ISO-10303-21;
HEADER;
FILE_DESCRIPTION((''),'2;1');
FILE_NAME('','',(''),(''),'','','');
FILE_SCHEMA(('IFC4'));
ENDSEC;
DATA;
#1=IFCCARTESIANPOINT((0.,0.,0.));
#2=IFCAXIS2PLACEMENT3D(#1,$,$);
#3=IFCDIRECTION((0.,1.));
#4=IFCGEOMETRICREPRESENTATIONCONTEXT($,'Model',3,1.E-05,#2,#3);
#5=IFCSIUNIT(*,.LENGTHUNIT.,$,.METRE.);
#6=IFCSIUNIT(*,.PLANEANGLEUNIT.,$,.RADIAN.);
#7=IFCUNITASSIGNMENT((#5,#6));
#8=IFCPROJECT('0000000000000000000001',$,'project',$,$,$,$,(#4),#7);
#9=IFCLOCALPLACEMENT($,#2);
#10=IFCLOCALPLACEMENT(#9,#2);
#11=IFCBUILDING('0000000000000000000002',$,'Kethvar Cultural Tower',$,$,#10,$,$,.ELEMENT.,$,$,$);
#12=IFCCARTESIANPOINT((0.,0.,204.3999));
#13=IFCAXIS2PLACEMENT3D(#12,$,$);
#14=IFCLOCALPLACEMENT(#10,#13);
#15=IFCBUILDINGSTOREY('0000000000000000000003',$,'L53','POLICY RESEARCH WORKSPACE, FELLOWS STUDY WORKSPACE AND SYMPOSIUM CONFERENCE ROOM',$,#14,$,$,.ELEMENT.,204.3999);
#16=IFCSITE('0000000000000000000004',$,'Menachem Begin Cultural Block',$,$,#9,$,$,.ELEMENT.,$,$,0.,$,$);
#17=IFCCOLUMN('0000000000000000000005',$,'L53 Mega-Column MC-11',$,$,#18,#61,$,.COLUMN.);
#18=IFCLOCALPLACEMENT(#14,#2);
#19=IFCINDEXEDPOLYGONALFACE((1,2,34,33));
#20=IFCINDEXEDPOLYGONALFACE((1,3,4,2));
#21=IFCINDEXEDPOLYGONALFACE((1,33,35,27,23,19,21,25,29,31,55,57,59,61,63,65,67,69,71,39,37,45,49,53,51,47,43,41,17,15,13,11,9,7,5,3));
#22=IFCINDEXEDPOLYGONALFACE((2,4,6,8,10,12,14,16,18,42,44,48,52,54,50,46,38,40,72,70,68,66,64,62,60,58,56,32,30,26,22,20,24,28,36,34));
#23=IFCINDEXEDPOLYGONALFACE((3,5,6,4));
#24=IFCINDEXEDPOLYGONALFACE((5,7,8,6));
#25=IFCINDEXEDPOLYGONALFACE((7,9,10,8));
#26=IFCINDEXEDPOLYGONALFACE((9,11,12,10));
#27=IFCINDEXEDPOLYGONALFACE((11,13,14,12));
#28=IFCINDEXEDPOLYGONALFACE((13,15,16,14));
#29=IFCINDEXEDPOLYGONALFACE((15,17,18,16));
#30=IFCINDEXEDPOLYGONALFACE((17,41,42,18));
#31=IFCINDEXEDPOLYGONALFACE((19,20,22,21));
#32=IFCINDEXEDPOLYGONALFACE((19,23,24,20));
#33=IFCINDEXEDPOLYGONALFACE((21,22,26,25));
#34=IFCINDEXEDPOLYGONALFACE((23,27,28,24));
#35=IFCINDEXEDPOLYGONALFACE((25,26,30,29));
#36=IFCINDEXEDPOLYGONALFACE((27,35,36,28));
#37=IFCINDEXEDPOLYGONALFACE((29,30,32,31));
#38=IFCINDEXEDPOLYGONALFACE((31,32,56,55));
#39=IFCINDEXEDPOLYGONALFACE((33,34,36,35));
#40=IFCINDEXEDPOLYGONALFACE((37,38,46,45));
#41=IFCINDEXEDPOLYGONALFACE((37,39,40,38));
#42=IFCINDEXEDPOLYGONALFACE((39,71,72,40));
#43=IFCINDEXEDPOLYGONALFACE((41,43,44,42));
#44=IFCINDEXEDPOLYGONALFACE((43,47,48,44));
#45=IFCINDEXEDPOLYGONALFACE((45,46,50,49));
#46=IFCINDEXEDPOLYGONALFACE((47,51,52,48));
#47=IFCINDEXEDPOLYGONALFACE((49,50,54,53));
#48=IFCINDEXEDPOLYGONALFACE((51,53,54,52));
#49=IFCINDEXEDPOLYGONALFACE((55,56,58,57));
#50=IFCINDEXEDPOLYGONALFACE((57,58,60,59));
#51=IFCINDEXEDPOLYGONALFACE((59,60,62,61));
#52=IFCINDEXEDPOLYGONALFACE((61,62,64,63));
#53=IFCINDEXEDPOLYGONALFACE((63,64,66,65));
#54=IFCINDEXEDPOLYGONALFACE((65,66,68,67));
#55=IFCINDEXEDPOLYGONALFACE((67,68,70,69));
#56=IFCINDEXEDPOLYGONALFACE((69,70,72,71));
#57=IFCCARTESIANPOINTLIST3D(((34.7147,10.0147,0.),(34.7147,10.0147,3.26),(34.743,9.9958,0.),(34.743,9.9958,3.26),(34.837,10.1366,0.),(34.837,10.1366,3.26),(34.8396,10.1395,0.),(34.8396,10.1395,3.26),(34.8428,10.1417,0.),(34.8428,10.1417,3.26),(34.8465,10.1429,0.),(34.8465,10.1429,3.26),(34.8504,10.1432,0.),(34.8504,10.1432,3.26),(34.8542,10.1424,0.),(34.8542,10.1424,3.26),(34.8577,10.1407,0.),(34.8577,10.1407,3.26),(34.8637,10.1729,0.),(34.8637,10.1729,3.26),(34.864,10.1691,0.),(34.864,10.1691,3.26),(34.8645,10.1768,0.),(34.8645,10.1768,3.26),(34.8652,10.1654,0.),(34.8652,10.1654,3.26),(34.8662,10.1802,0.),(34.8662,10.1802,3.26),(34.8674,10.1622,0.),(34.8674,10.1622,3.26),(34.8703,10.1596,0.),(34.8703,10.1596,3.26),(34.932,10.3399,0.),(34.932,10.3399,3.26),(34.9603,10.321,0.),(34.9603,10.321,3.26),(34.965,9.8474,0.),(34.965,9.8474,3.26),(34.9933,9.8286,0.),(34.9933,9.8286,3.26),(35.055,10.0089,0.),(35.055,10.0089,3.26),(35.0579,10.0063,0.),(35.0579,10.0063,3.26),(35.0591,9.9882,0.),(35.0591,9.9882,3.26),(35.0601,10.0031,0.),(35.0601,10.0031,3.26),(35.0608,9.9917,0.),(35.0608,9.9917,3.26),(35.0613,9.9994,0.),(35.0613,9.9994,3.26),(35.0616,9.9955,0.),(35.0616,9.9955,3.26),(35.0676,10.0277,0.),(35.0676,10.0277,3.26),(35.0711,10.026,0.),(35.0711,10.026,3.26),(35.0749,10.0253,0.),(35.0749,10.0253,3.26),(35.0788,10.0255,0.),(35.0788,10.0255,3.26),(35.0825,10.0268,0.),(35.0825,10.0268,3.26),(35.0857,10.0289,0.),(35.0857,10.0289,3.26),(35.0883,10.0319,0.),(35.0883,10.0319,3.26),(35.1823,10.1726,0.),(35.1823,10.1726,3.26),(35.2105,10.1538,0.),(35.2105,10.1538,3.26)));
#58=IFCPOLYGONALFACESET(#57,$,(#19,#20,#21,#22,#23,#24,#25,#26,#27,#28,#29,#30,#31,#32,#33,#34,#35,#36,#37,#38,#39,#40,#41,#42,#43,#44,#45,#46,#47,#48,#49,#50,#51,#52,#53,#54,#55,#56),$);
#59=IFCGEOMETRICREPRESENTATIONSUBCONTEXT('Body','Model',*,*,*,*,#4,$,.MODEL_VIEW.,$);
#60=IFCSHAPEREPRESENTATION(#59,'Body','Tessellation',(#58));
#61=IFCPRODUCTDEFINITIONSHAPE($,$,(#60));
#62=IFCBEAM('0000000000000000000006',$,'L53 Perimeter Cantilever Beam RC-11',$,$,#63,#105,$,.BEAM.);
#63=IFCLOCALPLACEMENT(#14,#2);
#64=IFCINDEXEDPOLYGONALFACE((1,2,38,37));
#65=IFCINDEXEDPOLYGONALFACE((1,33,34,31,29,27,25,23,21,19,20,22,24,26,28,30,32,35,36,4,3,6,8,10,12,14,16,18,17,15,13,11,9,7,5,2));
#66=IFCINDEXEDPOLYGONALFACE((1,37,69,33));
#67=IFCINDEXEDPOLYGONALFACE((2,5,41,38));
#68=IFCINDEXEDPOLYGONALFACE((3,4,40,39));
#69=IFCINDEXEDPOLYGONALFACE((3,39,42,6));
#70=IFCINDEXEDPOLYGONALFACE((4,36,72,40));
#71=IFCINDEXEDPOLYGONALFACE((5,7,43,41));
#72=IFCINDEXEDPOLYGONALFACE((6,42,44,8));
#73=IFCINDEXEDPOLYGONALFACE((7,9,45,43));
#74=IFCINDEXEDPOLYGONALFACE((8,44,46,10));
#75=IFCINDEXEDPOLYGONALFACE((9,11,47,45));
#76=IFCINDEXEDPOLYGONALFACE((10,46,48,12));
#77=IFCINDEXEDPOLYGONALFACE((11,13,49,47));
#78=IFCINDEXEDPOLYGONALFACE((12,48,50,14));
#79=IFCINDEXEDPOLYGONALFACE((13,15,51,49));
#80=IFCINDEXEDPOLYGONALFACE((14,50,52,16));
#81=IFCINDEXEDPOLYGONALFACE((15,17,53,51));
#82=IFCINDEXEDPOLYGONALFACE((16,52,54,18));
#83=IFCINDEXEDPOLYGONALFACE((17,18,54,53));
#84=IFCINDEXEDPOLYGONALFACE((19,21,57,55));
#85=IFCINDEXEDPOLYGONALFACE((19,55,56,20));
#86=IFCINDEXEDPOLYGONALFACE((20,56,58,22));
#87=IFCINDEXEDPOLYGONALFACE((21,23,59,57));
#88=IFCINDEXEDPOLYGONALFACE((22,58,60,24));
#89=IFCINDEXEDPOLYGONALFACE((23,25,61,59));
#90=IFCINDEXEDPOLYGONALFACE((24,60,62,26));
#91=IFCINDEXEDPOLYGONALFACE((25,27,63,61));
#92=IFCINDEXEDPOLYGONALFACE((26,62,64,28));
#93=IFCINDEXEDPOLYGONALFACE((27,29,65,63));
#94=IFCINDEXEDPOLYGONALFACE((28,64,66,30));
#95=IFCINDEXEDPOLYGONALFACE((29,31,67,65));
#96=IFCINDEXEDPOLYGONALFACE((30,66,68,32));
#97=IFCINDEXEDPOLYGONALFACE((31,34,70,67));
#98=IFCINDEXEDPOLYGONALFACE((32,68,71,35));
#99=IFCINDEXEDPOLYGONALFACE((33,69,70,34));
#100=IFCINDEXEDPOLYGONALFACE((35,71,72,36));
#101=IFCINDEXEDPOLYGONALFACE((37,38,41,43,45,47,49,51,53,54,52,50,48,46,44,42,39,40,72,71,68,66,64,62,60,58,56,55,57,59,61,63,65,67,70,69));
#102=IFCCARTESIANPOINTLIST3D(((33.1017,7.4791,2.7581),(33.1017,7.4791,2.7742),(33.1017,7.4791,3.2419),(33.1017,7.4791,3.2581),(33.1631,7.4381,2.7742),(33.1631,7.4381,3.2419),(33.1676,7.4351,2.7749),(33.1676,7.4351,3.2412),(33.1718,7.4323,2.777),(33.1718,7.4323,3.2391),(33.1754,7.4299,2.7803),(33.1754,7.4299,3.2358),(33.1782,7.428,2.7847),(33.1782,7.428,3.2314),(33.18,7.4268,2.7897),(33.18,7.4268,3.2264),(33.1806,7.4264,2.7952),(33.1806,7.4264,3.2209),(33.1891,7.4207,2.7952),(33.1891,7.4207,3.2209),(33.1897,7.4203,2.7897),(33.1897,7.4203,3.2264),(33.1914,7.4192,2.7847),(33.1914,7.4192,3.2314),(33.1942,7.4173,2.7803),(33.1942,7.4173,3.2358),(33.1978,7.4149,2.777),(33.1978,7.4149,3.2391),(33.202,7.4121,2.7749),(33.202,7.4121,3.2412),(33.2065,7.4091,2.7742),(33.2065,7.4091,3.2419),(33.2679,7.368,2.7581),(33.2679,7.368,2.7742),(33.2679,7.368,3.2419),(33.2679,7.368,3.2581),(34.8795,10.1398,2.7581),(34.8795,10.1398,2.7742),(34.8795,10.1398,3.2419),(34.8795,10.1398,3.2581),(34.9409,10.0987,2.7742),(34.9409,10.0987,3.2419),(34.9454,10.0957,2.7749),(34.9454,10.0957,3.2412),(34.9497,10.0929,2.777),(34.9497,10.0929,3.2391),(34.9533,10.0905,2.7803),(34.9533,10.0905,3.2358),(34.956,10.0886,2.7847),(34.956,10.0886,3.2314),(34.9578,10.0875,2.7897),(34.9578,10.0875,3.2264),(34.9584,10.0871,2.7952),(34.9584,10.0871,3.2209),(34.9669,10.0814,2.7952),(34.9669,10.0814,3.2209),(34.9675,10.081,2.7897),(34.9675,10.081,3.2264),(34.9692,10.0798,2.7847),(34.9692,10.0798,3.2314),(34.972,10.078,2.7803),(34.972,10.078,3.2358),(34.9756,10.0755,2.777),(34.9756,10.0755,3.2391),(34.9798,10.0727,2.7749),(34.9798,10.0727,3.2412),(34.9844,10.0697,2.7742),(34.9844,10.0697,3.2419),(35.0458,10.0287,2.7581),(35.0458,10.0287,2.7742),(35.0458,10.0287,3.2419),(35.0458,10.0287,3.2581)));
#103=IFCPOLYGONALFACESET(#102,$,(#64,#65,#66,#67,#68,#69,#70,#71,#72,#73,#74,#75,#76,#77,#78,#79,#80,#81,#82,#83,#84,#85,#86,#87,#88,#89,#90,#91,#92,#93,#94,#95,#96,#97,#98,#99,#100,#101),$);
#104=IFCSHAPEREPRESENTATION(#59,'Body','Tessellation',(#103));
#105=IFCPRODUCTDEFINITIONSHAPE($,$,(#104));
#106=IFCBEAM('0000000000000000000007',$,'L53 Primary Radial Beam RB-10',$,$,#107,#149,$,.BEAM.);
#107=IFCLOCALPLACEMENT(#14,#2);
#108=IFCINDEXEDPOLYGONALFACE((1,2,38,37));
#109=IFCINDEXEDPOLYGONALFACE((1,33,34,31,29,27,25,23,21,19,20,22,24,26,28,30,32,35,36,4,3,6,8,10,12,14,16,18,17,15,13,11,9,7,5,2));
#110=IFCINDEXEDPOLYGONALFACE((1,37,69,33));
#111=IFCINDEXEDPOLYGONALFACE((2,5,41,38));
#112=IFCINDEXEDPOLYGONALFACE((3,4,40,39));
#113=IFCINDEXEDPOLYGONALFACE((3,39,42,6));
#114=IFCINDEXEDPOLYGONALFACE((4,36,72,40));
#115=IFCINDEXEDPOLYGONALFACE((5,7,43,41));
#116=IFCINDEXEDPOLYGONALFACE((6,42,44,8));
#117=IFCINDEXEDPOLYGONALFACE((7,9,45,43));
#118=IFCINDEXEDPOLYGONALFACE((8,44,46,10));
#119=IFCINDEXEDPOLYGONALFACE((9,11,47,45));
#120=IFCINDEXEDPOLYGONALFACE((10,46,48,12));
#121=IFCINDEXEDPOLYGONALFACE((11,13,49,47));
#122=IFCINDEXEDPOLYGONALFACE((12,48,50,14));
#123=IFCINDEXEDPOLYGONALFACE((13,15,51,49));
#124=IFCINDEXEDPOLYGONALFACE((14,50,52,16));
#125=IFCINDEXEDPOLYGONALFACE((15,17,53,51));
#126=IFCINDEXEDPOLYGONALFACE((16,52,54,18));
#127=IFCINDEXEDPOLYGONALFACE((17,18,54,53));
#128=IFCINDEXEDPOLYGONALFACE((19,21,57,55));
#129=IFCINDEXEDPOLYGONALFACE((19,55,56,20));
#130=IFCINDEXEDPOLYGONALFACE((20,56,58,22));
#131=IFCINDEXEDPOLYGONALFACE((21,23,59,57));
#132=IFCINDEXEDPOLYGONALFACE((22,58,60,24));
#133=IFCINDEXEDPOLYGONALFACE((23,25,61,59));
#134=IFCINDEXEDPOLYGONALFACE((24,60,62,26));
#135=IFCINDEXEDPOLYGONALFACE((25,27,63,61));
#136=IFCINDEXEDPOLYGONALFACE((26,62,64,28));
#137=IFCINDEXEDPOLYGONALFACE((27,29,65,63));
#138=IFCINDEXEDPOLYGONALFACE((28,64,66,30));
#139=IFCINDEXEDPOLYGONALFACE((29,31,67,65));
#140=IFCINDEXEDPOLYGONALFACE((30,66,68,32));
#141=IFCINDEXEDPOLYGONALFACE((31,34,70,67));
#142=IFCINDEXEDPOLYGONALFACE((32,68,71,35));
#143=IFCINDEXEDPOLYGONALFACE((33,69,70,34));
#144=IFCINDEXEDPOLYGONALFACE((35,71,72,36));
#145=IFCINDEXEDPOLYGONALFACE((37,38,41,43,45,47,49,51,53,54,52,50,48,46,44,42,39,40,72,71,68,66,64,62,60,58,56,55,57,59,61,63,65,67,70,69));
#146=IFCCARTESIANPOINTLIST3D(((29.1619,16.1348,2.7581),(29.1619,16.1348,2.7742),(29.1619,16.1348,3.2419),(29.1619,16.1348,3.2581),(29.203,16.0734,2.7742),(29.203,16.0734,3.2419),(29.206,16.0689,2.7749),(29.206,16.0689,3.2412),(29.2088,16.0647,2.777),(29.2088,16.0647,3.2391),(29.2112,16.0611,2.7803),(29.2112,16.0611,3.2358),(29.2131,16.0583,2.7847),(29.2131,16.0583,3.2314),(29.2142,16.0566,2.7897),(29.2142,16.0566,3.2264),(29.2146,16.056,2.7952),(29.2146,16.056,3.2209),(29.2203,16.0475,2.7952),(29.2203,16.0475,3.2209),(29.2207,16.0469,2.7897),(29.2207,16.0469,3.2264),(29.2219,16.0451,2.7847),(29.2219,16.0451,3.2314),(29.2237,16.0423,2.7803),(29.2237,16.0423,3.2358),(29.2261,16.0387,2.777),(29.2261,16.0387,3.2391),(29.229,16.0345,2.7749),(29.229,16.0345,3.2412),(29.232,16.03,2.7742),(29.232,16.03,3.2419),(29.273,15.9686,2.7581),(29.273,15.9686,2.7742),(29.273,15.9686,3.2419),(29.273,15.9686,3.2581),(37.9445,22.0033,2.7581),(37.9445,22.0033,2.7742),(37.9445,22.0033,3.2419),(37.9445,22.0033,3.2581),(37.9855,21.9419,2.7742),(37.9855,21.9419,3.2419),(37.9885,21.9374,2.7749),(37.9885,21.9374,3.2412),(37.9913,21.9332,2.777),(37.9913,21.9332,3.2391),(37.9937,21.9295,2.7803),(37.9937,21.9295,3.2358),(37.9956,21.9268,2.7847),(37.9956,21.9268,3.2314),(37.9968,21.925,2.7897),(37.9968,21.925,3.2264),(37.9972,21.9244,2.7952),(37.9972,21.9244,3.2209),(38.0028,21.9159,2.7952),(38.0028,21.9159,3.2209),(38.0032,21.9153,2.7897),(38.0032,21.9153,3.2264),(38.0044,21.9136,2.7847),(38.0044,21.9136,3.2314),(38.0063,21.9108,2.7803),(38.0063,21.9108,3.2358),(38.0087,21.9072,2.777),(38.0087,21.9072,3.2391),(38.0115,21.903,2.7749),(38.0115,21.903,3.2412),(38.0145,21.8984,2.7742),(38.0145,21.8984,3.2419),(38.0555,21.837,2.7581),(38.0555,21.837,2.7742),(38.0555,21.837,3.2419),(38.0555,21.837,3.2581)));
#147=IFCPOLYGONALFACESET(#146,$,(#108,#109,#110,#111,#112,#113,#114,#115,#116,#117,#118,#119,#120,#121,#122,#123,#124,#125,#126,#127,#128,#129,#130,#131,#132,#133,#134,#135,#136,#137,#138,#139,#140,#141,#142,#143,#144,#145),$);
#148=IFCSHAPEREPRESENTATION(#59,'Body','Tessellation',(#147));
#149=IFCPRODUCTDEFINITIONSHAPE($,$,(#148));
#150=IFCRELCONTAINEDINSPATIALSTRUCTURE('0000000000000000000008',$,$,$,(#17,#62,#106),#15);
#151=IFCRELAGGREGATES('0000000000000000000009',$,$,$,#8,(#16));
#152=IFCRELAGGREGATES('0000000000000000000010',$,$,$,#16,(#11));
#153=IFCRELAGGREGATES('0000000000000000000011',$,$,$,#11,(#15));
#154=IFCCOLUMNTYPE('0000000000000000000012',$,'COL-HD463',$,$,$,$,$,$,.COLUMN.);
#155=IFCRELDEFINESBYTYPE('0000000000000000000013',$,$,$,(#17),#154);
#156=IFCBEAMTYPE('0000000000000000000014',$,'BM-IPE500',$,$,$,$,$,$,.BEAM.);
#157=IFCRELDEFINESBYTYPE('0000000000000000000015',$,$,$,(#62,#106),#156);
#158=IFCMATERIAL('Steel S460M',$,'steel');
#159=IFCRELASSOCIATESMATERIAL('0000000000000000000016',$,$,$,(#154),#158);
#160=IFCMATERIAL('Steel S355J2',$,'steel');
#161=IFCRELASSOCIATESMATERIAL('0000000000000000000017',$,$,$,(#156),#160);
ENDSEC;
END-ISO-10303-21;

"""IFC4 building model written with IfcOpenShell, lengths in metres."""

from ifc_helpers import new_model, si_unit, direction, frame, origin, origin_2d, place, context, subcontext, project, spatial, i_section, extrude, source, transform, mapped, material, material_profile, profile_set, type_object, element, save


model = new_model("IFC4")

# Units and contexts
model_context = context("Model", 3, precision=1e-05, world=origin(), true_north=direction((0.0, 1.0)))
body_context = subcontext(model_context, "Body", "Model", "MODEL_VIEW")
ifc_project = project(units=[si_unit("LENGTHUNIT", "METRE"), si_unit("PLANEANGLEUNIT", "RADIAN")], contexts=[model_context])

# Site, building, storey
site_placement = place(None, origin())
site = spatial("IfcSite", under=ifc_project, at=site_placement, Name="Menachem Begin Cultural Block", CompositionType="ELEMENT", RefElevation=0.0)
building_placement = place(site_placement, origin())
building = spatial("IfcBuilding", under=site, at=building_placement, Name="Kethvar Cultural Tower", CompositionType="ELEMENT")
storey_placement = place(building_placement, frame((0.0, 0.0, 204.3999)))
storey = spatial("IfcBuildingStorey", under=building, at=storey_placement, Name="L53", Description="POLICY RESEARCH WORKSPACE, FELLOWS STUDY WORKSPACE AND SYMPOSIUM CONFERENCE ROOM", CompositionType="ELEMENT", Elevation=204.3999)

# Column
ifc_material_1 = material(Name="Steel S460M", Category="steel")
ifc_material_profile_1 = material_profile(ifc_material_1, i_section(OverallWidth=0.3911, OverallDepth=0.335, WebThickness=0.0227, FlangeThickness=0.0339, FilletRadius=0.0149, at=origin_2d()), Name="Steel S460M — HD400x463")
ifc_profile_set_1 = profile_set([ifc_material_profile_1], Name="Steel S460M — HD400x463")
column_type = type_object("IfcColumnType", Name="COL-HD463", PredefinedType="COLUMN", material=ifc_profile_set_1)
shared_shape_1 = source(origin(), body_context, "Body", "SweptSolid", [
    extrude(i_section(OverallWidth=0.3911, OverallDepth=0.335, WebThickness=0.0227, FlangeThickness=0.0339, FilletRadius=0.0149, at=origin_2d()), origin(), (0.0, 0.0, 1.0), 3.26),
])
column_placement = place(storey_placement, frame((34.9626, 10.0842, 0.0), z_axis=(0.0, 0.0, 1.0), x_axis=(-0.55557, -0.83147, 0.0)))
element("IfcColumn", 1, at=column_placement, inside=storey, type_object=column_type, Name="L53 Mega-Column MC-11", PredefinedType="COLUMN", context=body_context, shape_type="MappedRepresentation", body=[
    mapped(shared_shape_1, transform((0.0, 0.0, 0.0), scale=1.0)),
])

# Beams
ifc_material_2 = material(Name="Steel S355J2", Category="steel")
ifc_material_profile_2 = material_profile(ifc_material_2, i_section(OverallWidth=0.2, OverallDepth=0.5, WebThickness=0.0103, FlangeThickness=0.0161, FilletRadius=0.021, at=origin_2d()), Name="Steel S355J2 — IPE500")
ifc_profile_set_2 = profile_set([ifc_material_profile_2], Name="Steel S355J2 — IPE500")
beam_type_1 = type_object("IfcBeamType", Name="BM-IPE500", PredefinedType="BEAM", material=ifc_profile_set_2)
shared_shape_2 = source(origin(), body_context, "Body", "SweptSolid", [
    extrude(i_section(OverallWidth=0.2, OverallDepth=0.5, WebThickness=0.0103, FlangeThickness=0.0161, FilletRadius=0.021, at=origin_2d()), origin(), (0.0, 0.0, 1.0), 3.2),
])
beam_1_placement = place(storey_placement, frame((34.9626, 10.0842, 3.0081), z_axis=(-0.55558, -0.831463, 0.0), x_axis=(0.831463, -0.55558, 0.0)))
element("IfcBeam", 2, at=beam_1_placement, inside=storey, type_object=beam_type_1, Name="L53 Perimeter Cantilever Beam RC-11", PredefinedType="BEAM", context=body_context, shape_type="MappedRepresentation", body=[
    mapped(shared_shape_2, transform((0.0, 0.0, 0.0), scale=1.0)),
])
shared_shape_3 = source(origin(), body_context, "Body", "SweptSolid", [
    extrude(i_section(OverallWidth=0.2, OverallDepth=0.5, WebThickness=0.0103, FlangeThickness=0.0161, FilletRadius=0.021, at=origin_2d()), origin(), (0.0, 0.0, 1.0), 10.5627),
])
beam_2_placement = place(storey_placement, frame((38.0, 21.9202, 3.0081), z_axis=(-0.831463, -0.55558, 0.0), x_axis=(0.55558, -0.831463, 0.0)))
element("IfcBeam", 3, at=beam_2_placement, inside=storey, type_object=beam_type_1, Name="L53 Primary Radial Beam RB-10", PredefinedType="BEAM", context=body_context, shape_type="MappedRepresentation", body=[
    mapped(shared_shape_3, transform((0.0, 0.0, 0.0), scale=1.0)),
])

save(model, "model.ifc")
